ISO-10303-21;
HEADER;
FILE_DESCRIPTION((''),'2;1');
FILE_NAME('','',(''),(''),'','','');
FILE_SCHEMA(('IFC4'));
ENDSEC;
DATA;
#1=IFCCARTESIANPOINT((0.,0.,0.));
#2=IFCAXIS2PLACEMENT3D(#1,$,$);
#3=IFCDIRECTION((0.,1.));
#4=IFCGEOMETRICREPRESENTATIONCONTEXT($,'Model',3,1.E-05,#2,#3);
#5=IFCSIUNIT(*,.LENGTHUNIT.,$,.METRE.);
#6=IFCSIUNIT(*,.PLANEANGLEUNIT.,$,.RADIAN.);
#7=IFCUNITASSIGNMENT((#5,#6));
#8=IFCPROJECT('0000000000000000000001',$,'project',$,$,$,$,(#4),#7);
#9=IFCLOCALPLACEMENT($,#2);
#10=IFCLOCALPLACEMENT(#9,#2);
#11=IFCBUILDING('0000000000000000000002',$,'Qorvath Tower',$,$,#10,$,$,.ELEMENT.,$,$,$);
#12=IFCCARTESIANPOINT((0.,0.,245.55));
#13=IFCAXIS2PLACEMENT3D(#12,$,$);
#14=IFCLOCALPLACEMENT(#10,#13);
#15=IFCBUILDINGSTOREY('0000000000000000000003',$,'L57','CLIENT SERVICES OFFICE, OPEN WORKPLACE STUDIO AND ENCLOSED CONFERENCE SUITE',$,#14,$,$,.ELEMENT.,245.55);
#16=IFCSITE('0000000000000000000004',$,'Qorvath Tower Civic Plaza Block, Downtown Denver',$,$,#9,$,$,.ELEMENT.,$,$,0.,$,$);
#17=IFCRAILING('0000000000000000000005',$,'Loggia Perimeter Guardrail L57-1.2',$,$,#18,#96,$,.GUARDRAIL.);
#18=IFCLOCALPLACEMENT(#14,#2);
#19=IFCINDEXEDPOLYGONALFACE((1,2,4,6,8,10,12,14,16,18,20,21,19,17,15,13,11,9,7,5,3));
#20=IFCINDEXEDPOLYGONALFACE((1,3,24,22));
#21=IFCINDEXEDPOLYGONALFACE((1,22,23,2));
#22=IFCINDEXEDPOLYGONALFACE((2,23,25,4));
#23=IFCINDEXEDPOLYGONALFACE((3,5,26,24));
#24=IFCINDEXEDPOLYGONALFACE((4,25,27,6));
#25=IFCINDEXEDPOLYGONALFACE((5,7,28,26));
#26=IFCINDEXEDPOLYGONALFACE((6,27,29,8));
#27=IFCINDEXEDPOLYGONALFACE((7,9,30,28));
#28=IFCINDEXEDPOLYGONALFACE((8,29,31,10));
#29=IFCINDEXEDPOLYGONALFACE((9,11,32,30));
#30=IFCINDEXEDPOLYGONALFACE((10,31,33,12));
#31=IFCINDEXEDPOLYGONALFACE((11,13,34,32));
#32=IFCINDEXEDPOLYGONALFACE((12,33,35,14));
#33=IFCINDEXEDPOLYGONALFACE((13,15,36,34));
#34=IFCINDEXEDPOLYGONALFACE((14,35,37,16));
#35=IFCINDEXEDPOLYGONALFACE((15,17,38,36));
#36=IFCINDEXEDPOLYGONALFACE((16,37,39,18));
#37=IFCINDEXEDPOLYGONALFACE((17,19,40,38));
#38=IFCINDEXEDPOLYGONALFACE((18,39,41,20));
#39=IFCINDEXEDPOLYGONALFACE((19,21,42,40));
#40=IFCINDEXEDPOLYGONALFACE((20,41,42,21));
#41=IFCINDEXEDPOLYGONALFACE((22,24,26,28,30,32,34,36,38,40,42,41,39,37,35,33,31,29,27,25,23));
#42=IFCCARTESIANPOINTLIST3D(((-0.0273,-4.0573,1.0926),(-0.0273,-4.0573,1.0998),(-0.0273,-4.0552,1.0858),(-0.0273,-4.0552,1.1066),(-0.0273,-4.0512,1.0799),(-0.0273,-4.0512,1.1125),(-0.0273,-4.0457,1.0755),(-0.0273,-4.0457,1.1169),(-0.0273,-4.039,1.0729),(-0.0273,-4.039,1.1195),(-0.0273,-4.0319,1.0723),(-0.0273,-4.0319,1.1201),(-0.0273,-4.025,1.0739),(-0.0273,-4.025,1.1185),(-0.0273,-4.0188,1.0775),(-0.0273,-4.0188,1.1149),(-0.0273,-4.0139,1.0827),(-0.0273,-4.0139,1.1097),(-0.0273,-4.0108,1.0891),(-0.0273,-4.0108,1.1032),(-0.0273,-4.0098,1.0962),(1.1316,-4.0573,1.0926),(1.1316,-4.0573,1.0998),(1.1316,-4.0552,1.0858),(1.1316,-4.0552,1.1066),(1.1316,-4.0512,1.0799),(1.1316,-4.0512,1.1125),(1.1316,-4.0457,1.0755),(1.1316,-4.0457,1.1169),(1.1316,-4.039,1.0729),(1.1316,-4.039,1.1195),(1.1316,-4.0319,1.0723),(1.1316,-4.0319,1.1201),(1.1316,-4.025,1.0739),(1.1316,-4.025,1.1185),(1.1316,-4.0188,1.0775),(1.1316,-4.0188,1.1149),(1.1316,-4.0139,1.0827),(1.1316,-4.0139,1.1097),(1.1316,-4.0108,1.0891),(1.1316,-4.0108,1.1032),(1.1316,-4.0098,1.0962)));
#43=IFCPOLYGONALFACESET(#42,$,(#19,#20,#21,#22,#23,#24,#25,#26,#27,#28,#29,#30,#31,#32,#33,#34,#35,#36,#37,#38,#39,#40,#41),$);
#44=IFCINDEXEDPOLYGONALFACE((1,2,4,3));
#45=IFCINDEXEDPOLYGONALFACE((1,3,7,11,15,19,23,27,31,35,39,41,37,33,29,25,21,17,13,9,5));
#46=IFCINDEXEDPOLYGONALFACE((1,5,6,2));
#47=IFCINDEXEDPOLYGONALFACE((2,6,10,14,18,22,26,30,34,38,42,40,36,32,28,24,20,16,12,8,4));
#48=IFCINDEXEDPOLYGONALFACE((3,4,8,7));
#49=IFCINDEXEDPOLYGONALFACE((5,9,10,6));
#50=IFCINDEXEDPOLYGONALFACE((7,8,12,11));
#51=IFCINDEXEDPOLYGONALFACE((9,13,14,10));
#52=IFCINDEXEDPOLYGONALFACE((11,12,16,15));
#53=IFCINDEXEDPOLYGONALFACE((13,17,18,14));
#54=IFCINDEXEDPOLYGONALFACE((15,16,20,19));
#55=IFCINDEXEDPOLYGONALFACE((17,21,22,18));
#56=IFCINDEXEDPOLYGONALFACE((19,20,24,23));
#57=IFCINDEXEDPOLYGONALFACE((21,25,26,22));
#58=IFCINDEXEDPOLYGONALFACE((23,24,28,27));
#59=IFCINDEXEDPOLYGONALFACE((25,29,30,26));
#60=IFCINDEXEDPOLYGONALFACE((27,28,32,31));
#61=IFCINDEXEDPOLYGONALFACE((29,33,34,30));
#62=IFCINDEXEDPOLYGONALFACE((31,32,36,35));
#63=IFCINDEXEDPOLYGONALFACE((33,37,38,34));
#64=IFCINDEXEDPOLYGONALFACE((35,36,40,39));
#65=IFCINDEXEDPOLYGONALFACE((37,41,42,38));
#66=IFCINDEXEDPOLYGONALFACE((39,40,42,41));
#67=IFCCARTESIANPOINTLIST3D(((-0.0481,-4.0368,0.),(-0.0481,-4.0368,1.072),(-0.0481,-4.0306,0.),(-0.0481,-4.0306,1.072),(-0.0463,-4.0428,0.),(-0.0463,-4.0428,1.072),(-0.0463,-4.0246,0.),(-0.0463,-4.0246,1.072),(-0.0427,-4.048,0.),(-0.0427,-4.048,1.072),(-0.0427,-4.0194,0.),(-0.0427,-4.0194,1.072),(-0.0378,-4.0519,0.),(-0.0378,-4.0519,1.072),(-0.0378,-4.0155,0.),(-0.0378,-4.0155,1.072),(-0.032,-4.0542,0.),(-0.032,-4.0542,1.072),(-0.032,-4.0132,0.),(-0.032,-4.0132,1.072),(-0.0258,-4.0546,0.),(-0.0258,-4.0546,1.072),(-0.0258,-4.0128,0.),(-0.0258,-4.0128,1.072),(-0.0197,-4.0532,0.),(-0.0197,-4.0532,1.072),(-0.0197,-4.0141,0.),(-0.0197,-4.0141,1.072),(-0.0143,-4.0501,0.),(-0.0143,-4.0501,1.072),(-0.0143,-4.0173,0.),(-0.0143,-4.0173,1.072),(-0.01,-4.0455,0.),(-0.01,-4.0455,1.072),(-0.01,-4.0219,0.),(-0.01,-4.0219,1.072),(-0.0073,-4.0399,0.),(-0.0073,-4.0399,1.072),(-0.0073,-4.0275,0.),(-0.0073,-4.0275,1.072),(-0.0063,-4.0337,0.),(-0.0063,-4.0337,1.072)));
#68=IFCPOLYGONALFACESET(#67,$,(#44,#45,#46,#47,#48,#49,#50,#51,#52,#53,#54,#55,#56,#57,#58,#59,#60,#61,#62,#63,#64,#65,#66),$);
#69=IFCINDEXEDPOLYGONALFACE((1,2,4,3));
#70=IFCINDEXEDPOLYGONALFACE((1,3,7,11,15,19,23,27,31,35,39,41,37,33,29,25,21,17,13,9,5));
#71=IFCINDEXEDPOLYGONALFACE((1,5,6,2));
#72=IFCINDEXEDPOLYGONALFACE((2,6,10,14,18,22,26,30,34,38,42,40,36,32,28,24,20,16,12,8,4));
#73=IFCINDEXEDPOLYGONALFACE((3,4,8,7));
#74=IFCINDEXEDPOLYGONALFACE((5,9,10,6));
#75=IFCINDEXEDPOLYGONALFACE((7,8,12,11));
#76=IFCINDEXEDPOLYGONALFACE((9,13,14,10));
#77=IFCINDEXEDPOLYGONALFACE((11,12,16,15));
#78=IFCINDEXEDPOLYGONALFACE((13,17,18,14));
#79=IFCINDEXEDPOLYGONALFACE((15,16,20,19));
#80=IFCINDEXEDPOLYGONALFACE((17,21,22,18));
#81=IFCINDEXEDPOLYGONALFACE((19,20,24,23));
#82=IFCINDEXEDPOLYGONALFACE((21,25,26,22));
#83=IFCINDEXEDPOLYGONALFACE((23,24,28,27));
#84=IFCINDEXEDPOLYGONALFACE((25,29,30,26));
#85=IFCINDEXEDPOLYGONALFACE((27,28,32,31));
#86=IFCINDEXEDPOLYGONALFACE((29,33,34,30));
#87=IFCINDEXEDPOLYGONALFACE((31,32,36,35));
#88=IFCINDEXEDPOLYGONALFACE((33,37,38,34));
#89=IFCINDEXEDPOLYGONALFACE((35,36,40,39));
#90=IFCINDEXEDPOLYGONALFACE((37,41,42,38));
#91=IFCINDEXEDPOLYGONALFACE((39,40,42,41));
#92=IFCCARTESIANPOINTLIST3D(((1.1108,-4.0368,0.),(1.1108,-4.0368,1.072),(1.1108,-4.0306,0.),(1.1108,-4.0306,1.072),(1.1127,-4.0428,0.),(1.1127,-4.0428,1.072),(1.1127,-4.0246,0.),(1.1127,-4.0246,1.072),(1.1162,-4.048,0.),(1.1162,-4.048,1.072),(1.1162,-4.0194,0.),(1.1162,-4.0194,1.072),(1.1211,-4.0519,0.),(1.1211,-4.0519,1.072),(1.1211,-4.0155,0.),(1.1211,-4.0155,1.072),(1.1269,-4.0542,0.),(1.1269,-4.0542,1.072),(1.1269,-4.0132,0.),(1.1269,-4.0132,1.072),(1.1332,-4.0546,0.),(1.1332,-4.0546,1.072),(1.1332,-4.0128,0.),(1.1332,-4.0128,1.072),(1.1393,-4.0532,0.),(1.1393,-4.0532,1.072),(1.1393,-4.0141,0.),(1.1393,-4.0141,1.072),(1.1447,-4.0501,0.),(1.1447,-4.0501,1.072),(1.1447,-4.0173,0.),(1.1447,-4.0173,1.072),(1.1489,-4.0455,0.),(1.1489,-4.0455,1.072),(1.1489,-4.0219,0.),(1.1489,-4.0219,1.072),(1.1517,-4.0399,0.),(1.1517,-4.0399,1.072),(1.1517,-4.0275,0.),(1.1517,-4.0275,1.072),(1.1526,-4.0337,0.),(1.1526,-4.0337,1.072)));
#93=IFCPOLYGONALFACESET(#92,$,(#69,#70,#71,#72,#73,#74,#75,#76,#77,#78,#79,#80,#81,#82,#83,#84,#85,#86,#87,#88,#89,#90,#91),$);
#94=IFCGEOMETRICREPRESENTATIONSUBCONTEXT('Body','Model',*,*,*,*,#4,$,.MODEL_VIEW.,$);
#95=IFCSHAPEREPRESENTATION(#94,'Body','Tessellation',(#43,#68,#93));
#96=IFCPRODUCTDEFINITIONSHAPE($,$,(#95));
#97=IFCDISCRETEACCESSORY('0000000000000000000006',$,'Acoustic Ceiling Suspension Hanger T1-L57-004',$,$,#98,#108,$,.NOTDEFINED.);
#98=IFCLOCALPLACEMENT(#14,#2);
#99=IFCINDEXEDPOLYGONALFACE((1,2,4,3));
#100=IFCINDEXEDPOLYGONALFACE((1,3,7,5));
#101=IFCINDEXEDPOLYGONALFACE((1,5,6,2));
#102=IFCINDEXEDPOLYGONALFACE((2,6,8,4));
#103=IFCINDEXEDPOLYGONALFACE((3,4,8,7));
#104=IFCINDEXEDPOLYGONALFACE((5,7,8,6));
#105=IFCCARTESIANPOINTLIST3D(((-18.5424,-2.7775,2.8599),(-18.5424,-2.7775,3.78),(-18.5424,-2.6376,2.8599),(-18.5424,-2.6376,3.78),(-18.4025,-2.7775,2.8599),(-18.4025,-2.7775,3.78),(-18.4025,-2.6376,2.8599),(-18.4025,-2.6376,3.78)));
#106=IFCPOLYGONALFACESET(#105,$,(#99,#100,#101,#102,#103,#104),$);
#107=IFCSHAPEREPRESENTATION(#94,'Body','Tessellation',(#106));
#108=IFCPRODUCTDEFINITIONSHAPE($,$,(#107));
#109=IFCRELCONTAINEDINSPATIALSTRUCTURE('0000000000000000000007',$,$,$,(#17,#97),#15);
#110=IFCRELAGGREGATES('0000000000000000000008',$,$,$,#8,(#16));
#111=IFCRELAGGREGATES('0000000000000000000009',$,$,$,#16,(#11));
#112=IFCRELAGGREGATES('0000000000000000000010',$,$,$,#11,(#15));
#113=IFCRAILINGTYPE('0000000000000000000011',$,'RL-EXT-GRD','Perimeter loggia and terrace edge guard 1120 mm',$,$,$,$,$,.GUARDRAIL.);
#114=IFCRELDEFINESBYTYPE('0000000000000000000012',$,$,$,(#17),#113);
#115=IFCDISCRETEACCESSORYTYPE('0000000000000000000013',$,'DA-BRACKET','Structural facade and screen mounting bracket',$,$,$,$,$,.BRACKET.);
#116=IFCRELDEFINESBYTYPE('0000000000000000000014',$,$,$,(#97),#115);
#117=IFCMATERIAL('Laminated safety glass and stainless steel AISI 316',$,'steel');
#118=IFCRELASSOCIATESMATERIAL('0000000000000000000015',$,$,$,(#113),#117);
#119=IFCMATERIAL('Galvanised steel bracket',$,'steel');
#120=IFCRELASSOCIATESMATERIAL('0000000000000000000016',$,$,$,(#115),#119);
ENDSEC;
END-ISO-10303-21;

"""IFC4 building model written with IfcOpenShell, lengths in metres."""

from ifc_helpers import new_model, si_unit, direction, frame, origin, origin_2d, place, context, subcontext, project, spatial, rectangle, circle, extrude, material, type_object, element, save


model = new_model("IFC4")

# Units and contexts
model_context = context("Model", 3, precision=1e-05, world=origin(), true_north=direction((0.0, 1.0)))
body_context = subcontext(model_context, "Body", "Model", "MODEL_VIEW")
ifc_project = project(units=[si_unit("LENGTHUNIT", "METRE"), si_unit("PLANEANGLEUNIT", "RADIAN")], contexts=[model_context])

# Site, building, storey
site_placement = place(None, origin())
site = spatial("IfcSite", under=ifc_project, at=site_placement, Name="Qorvath Tower Civic Plaza Block, Downtown Denver", CompositionType="ELEMENT", RefElevation=0.0)
building_placement = place(site_placement, origin())
building = spatial("IfcBuilding", under=site, at=building_placement, Name="Qorvath Tower", CompositionType="ELEMENT")
storey_placement = place(building_placement, frame((0.0, 0.0, 245.55)))
storey = spatial("IfcBuildingStorey", under=building, at=storey_placement, Name="L57", Description="CLIENT SERVICES OFFICE, OPEN WORKPLACE STUDIO AND ENCLOSED CONFERENCE SUITE", CompositionType="ELEMENT", Elevation=245.55)

# Railing
ifc_material_1 = material(Name="Laminated safety glass and stainless steel AISI 316", Category="steel")
railing_type = type_object("IfcRailingType", Name="RL-EXT-GRD", Description="Perimeter loggia and terrace edge guard 1120 mm", PredefinedType="GUARDRAIL", material=ifc_material_1)
railing_placement = place(storey_placement, frame((-0.0273, -4.0337, 0.0)))
element("IfcRailing", 1, at=railing_placement, inside=storey, type_object=railing_type, Name="Loggia Perimeter Guardrail L57-1.2", PredefinedType="GUARDRAIL", context=body_context, shape_type="SweptSolid", body=[
    extrude(circle(Radius=0.0239, at=origin_2d()), frame((0.0, 0.0, 1.0962), z_axis=(1.0, 0.0, 0.0), x_axis=(0.0, 1.0, 0.0)), (0.0, 0.0, 1.0), 1.1589),
    extrude(circle(Radius=0.021, at=origin_2d()), origin(), (0.0, 0.0, 1.0), 1.072),
    extrude(circle(Radius=0.021, at=origin_2d()), frame((1.1589, 0.0, 0.0)), (0.0, 0.0, 1.0), 1.072),
])

# Discrete accessory
ifc_material_2 = material(Name="Galvanised steel bracket", Category="steel")
discrete_accessory_type = type_object("IfcDiscreteAccessoryType", Name="DA-BRACKET", Description="Structural facade and screen mounting bracket", PredefinedType="BRACKET", material=ifc_material_2)
discrete_accessory_placement = place(storey_placement, frame((-18.4724, -2.7075, 2.8599), z_axis=(0.0, 0.0, 1.0), x_axis=(1.0, 0.0, 0.0)))
element("IfcDiscreteAccessory", 2, at=discrete_accessory_placement, inside=storey, type_object=discrete_accessory_type, Name="Acoustic Ceiling Suspension Hanger T1-L57-004", PredefinedType="NOTDEFINED", context=body_context, shape_type="SweptSolid", body=[
    extrude(rectangle(XDim=0.1399, YDim=0.1399, at=origin_2d()), origin(), (0.0, 0.0, 1.0), 0.9202),
])

save(model, "model.ifc")
